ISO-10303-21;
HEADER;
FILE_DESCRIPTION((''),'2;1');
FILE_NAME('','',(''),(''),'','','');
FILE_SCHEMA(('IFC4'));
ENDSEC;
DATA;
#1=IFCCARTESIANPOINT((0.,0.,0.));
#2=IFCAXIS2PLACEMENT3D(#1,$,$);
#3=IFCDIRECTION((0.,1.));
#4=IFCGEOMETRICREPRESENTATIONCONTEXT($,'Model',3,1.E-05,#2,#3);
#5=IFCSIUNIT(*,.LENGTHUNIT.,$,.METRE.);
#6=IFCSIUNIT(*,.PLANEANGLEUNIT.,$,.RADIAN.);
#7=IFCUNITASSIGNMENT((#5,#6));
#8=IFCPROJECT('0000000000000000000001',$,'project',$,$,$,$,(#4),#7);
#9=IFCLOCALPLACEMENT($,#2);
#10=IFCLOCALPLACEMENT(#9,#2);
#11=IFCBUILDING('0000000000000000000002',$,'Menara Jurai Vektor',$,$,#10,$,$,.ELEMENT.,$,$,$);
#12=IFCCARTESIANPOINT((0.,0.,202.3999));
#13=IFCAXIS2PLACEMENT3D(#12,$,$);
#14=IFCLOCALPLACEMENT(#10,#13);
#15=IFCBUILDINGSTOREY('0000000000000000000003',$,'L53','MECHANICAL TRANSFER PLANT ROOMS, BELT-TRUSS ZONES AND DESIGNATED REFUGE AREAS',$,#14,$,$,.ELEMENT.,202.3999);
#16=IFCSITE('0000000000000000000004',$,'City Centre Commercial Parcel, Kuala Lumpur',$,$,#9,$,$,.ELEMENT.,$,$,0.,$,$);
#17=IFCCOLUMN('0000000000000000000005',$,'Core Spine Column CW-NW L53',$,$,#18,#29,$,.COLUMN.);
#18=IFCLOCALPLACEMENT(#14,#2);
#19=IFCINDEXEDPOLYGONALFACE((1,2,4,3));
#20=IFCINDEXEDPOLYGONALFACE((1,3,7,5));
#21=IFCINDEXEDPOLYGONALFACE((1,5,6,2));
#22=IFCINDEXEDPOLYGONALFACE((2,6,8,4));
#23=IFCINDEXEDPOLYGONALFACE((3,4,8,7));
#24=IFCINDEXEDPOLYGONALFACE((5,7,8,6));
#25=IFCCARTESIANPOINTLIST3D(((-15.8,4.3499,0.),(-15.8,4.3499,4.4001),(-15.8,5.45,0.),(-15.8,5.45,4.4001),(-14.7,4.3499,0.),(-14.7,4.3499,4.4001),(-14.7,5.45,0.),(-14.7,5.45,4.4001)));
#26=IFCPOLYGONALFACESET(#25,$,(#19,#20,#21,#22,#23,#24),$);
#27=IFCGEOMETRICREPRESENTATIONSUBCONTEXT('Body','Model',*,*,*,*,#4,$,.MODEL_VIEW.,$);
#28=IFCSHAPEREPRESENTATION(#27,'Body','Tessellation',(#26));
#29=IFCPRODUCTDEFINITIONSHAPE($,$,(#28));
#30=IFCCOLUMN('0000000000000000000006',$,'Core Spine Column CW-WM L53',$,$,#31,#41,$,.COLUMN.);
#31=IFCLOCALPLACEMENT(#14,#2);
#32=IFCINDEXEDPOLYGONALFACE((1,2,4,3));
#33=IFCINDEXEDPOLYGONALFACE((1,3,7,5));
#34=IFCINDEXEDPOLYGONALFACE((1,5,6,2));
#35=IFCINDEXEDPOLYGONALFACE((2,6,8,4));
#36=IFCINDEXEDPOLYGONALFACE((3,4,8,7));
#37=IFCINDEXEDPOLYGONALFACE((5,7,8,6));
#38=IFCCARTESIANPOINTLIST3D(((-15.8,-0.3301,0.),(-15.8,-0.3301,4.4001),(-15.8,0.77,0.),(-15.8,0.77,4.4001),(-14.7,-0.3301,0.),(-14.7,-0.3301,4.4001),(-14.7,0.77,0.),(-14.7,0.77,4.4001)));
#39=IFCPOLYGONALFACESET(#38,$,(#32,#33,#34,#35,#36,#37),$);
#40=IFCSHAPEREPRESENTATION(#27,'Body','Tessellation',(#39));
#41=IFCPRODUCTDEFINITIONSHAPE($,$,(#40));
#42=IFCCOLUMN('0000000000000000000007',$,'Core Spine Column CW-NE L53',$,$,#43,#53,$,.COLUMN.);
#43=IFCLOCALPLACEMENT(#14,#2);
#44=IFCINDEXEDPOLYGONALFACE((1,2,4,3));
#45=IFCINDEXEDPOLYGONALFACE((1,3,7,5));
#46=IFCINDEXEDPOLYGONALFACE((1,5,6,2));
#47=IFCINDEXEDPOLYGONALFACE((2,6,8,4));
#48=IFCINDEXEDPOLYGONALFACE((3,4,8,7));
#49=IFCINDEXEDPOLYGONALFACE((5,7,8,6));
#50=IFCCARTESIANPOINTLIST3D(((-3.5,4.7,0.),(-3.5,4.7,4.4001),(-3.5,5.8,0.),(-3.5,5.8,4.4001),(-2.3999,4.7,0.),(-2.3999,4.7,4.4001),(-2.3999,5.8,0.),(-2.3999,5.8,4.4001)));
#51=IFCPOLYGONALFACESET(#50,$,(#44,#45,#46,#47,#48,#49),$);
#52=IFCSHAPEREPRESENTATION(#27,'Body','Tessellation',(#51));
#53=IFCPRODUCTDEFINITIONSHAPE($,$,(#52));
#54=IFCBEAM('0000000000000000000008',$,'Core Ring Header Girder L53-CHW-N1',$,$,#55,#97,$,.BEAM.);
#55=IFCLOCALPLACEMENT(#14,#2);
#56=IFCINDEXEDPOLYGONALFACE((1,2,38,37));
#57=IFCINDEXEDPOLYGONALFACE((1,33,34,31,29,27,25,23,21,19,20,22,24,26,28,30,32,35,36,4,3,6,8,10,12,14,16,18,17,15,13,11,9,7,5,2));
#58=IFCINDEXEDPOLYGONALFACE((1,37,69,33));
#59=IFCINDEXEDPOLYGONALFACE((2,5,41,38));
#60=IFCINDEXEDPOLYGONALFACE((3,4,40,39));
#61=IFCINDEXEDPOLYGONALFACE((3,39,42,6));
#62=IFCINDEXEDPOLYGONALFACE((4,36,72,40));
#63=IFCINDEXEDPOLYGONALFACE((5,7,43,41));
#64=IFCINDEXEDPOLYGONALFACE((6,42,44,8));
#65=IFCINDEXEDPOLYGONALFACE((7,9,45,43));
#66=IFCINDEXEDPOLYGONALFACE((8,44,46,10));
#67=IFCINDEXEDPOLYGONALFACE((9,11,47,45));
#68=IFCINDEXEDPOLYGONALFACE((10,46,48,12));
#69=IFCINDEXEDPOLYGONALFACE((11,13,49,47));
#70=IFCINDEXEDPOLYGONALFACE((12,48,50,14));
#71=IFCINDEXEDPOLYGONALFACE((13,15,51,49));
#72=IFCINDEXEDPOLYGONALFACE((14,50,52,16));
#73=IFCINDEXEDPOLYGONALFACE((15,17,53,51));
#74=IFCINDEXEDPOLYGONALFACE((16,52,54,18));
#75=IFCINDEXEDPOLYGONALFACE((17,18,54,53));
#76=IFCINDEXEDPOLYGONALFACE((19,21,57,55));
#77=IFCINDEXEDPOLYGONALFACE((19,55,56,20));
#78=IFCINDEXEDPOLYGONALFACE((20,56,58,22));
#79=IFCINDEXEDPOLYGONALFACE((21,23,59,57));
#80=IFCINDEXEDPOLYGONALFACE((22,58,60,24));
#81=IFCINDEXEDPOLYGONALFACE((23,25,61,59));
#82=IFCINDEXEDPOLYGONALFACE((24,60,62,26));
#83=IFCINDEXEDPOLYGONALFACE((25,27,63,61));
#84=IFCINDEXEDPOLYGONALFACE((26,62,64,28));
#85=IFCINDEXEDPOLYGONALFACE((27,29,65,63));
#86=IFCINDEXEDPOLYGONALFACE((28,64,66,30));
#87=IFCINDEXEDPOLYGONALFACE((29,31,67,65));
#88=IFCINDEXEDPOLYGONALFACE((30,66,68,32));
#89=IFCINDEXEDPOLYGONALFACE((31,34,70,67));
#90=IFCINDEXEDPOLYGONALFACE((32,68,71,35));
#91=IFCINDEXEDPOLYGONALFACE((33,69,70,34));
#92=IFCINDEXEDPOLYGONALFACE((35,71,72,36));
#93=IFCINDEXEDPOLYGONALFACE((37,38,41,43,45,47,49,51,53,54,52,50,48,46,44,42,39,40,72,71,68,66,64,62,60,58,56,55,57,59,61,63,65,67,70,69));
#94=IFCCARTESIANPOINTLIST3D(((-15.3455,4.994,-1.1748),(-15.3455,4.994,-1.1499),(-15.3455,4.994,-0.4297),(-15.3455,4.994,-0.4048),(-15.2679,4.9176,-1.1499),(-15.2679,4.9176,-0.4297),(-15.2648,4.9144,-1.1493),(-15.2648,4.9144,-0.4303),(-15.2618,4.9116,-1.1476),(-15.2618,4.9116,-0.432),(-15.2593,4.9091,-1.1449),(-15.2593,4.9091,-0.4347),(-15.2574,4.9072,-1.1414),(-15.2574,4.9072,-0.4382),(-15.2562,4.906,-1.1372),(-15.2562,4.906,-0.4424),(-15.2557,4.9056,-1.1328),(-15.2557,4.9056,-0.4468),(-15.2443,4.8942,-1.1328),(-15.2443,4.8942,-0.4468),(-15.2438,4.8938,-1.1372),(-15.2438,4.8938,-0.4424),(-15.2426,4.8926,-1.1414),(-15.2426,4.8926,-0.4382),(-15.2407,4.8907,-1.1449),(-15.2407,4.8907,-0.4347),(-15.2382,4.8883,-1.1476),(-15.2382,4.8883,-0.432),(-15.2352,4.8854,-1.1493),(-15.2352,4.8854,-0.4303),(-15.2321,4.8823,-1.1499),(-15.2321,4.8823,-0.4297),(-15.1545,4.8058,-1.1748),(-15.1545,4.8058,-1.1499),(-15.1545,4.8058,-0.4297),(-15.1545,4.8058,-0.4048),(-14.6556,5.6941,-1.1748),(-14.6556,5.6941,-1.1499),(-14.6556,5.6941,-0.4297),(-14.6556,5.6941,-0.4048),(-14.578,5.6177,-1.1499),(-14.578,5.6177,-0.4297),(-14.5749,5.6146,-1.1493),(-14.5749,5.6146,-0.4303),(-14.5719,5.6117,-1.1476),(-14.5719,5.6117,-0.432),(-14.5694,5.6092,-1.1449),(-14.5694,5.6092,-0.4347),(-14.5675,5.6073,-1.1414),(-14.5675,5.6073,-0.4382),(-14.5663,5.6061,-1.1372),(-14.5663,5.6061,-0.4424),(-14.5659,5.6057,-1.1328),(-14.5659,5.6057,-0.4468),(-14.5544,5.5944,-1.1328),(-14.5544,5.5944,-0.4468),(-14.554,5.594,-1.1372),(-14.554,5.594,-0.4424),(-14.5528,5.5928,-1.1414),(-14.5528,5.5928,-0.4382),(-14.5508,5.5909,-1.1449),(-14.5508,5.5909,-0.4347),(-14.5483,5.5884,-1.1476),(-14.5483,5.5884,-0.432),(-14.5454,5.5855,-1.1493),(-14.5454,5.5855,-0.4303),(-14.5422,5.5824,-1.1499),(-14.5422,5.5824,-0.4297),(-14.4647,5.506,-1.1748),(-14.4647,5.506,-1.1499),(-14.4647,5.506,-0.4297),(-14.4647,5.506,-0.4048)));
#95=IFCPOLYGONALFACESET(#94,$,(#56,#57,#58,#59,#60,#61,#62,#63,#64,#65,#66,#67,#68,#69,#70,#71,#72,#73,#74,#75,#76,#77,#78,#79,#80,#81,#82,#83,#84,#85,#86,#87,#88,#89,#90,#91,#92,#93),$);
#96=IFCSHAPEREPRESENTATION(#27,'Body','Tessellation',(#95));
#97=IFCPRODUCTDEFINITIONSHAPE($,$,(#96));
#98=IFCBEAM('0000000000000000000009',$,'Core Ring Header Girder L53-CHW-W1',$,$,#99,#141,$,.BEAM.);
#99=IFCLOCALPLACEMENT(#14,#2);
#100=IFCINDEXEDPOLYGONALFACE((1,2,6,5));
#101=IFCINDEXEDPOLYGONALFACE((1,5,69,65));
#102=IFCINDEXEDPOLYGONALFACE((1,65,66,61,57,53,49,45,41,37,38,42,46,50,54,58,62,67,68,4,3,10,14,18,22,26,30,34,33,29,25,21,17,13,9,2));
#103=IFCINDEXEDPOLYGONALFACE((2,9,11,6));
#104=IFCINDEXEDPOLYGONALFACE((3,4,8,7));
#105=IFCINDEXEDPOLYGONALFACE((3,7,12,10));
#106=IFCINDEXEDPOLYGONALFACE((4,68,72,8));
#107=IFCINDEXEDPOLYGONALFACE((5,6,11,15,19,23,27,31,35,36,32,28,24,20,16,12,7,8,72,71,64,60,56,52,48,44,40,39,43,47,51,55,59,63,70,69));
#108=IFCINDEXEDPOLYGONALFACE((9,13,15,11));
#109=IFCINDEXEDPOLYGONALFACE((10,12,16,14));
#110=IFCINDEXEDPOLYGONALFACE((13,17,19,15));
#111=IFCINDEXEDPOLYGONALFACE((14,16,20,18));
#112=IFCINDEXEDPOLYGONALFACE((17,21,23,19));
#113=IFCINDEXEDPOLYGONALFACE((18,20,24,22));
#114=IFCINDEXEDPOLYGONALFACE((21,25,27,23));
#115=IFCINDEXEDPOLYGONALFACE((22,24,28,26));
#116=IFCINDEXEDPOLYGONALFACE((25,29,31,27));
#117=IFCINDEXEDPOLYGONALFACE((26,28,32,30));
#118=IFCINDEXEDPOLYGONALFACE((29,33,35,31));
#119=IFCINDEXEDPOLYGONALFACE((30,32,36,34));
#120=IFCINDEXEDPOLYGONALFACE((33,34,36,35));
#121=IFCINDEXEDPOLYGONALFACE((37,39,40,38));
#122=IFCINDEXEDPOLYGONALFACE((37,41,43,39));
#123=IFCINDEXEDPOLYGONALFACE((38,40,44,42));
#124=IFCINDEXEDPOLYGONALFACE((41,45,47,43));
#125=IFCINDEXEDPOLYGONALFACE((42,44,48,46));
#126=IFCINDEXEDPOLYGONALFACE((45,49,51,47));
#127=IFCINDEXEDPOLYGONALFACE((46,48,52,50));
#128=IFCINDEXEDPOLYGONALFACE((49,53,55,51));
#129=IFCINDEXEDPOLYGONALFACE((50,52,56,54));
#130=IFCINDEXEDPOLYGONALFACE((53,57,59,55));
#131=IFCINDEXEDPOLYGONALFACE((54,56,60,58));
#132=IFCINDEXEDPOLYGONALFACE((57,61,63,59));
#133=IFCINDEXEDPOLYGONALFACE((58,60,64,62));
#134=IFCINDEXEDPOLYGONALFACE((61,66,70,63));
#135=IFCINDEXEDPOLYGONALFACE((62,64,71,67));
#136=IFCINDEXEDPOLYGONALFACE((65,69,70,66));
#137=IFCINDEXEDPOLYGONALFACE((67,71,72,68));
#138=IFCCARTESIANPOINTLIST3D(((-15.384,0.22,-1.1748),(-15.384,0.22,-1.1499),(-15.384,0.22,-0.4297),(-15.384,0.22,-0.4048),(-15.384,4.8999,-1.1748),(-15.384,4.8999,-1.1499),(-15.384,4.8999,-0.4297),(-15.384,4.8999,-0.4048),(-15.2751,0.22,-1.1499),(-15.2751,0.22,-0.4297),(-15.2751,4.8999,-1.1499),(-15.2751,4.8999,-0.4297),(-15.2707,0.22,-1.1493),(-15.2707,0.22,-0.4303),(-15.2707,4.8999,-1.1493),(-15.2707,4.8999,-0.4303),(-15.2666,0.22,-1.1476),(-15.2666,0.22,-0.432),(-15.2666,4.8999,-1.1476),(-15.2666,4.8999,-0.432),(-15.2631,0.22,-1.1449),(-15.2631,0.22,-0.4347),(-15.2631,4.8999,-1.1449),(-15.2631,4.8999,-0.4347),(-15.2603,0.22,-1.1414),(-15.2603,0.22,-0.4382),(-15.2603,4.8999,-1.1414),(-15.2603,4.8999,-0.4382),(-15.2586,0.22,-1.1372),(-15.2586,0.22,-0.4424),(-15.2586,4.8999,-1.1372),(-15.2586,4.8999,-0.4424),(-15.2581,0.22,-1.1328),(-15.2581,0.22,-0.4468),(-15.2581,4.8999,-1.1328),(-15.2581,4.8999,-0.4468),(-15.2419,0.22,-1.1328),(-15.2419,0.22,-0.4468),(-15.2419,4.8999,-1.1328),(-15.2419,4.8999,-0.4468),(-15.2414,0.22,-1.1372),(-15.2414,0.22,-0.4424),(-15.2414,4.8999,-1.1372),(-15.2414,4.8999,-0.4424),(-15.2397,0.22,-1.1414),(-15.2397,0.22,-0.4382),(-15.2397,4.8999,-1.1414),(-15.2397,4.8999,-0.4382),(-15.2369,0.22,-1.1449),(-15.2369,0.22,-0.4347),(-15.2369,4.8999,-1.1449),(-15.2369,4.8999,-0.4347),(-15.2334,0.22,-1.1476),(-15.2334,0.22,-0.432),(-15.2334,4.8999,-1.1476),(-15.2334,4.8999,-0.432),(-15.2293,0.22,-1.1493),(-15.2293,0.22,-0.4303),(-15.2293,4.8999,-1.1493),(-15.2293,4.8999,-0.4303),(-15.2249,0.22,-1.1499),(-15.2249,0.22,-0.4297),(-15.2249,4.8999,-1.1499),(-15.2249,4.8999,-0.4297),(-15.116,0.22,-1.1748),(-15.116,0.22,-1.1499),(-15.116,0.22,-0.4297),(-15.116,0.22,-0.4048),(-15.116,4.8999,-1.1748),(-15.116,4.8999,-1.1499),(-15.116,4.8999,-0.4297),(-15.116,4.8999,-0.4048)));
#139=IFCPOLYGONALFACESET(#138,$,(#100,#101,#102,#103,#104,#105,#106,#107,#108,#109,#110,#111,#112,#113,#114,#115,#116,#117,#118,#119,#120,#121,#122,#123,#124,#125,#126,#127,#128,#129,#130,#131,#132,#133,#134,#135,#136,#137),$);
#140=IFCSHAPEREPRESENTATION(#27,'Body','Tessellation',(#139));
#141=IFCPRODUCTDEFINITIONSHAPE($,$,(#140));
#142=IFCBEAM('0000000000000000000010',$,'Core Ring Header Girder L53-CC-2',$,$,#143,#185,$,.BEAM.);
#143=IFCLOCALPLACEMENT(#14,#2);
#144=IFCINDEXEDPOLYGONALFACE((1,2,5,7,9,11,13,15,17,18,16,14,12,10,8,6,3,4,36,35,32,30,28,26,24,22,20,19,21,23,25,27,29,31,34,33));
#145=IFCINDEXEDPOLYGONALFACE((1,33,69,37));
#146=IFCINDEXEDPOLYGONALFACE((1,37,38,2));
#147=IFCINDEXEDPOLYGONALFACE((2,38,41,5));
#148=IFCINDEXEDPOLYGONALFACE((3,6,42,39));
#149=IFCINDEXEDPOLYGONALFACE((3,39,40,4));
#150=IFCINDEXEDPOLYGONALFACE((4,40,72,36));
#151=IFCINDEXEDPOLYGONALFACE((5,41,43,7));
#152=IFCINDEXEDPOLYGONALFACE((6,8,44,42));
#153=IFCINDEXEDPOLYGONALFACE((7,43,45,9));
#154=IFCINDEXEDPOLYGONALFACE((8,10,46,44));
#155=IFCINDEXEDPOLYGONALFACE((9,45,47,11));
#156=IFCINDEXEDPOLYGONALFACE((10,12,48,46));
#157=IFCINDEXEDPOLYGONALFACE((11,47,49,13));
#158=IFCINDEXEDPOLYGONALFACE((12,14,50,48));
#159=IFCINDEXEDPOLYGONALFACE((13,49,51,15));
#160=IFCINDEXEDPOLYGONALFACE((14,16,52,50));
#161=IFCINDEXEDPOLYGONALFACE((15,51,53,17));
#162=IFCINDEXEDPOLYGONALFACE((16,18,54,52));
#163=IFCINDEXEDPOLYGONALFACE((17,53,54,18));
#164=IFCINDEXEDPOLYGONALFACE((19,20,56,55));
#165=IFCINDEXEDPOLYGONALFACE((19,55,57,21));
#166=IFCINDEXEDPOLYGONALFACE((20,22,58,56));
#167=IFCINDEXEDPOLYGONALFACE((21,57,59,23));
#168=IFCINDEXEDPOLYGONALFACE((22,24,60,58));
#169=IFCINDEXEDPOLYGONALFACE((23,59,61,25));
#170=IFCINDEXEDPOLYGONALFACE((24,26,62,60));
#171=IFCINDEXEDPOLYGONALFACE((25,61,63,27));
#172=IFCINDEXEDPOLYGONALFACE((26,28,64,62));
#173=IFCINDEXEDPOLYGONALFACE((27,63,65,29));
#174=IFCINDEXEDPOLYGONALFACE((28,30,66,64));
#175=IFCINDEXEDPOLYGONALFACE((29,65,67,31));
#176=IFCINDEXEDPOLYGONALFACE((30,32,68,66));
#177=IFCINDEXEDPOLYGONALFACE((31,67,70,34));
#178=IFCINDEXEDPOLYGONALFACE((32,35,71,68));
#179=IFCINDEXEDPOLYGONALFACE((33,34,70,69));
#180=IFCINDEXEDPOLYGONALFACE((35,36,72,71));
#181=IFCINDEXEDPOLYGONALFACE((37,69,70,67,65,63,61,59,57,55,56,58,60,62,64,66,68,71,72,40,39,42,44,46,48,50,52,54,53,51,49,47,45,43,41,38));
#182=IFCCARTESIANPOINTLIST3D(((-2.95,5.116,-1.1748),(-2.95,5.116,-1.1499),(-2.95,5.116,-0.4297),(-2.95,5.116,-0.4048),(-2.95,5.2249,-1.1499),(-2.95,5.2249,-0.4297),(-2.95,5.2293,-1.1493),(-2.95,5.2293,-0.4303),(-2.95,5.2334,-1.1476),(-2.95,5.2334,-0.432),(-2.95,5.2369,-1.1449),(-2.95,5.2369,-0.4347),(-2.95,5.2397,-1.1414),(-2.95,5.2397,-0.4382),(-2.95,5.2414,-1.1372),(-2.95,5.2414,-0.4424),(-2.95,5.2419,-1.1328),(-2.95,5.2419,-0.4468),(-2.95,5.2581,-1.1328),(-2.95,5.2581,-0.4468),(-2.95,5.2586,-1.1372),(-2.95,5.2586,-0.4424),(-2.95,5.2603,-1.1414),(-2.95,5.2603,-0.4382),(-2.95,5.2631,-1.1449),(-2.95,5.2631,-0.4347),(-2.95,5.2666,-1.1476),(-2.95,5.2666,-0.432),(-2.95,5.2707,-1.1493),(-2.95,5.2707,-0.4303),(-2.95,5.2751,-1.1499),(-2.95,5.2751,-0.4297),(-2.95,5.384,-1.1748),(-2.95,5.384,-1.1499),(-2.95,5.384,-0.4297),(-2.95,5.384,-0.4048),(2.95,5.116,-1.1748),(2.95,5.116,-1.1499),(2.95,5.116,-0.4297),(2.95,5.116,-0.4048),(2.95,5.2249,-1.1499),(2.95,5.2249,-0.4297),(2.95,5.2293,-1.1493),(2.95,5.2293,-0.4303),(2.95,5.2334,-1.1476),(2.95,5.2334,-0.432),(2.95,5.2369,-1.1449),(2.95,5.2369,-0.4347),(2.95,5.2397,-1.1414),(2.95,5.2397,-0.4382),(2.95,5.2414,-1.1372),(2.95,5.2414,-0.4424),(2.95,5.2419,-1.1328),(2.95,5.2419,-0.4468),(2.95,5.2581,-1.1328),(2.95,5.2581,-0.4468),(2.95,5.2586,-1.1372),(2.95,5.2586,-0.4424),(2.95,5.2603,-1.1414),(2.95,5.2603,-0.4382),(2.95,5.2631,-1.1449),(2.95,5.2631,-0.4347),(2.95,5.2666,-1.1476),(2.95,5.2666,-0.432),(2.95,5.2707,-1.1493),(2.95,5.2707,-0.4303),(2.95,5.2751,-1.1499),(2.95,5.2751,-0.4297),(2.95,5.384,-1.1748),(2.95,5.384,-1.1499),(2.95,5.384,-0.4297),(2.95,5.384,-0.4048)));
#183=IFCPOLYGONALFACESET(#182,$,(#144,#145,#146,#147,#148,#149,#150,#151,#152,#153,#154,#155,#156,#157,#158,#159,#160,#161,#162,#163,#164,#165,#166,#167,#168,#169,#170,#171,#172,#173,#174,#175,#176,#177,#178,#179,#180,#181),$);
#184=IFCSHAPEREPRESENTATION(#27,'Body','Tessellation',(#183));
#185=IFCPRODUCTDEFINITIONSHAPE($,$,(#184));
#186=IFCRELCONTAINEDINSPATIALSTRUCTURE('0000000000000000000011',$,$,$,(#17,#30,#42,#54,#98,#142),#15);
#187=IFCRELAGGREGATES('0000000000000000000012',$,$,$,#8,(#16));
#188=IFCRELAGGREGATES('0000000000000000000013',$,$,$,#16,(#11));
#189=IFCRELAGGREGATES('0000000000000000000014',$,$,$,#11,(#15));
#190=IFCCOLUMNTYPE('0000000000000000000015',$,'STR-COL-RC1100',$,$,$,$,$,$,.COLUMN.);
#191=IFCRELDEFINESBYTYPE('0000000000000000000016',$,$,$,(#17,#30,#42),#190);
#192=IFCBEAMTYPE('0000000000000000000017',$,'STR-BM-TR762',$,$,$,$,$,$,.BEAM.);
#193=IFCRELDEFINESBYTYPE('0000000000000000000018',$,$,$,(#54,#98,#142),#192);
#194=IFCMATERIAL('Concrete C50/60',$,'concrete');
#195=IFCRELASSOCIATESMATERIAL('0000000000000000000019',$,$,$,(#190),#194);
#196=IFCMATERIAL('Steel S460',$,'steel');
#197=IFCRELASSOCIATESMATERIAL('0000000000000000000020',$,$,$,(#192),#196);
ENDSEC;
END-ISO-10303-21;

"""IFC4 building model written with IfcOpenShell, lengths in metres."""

from ifc_helpers import new_model, si_unit, direction, frame, origin, origin_2d, place, context, subcontext, project, spatial, rectangle, i_section, extrude, material, material_profile, profile_set, type_object, element, save


model = new_model("IFC4")

# Units and contexts
model_context = context("Model", 3, precision=1e-05, world=origin(), true_north=direction((0.0, 1.0)))
body_context = subcontext(model_context, "Body", "Model", "MODEL_VIEW")
ifc_project = project(units=[si_unit("LENGTHUNIT", "METRE"), si_unit("PLANEANGLEUNIT", "RADIAN")], contexts=[model_context])

# Site, building, storey
site_placement = place(None, origin())
site = spatial("IfcSite", under=ifc_project, at=site_placement, Name="City Centre Commercial Parcel, Kuala Lumpur", CompositionType="ELEMENT", RefElevation=0.0)
building_placement = place(site_placement, origin())
building = spatial("IfcBuilding", under=site, at=building_placement, Name="Menara Jurai Vektor", CompositionType="ELEMENT")
storey_placement = place(building_placement, frame((0.0, 0.0, 202.3999)))
storey = spatial("IfcBuildingStorey", under=building, at=storey_placement, Name="L53", Description="MECHANICAL TRANSFER PLANT ROOMS, BELT-TRUSS ZONES AND DESIGNATED REFUGE AREAS", CompositionType="ELEMENT", Elevation=202.3999)

# Columns
ifc_material_1 = material(Name="Concrete C50/60", Category="concrete")
ifc_material_profile_1 = material_profile(ifc_material_1, rectangle(XDim=1.1001, YDim=1.1001, at=origin_2d()), Name="RC 1100x1100")
ifc_profile_set_1 = profile_set([ifc_material_profile_1], Name="Concrete C50/60")
column_type = type_object("IfcColumnType", Name="STR-COL-RC1100", PredefinedType="COLUMN", material=ifc_profile_set_1)
for number, where, z_axis, x_axis, name in (
    (1, (-15.25, 4.8999, 0.0), (0.0, 0.0, 1.0), (1.0, 0.0, 0.0), "Core Spine Column CW-NW L53"),
    (2, (-15.25, 0.22, 0.0), (0.0, 0.0, 1.0), (1.0, 0.0, 0.0), "Core Spine Column CW-WM L53"),
    (3, (-2.95, 5.25, 0.0), (0.0, 0.0, 1.0), (1.0, 0.0, 0.0), "Core Spine Column CW-NE L53"),
):
    element("IfcColumn", number, at=place(storey_placement, frame(where, z_axis=z_axis, x_axis=x_axis)), inside=storey, type_object=column_type, Name=name, PredefinedType="COLUMN", context=body_context, shape_type="SweptSolid", body=[
        extrude(rectangle(XDim=1.1001, YDim=1.1001, at=origin_2d()), origin(), (0.0, 0.0, 1.0), 4.4001),
    ])

# Beams
ifc_material_2 = material(Name="Steel S460", Category="steel")
ifc_material_profile_2 = material_profile(ifc_material_2, i_section(OverallWidth=0.2681, OverallDepth=0.77, WebThickness=0.0161, FlangeThickness=0.0249, FilletRadius=0.0171, at=origin_2d()), Name="UKB 762x267x197")
ifc_profile_set_2 = profile_set([ifc_material_profile_2], Name="Steel S460")
beam_type_1 = type_object("IfcBeamType", Name="STR-BM-TR762", PredefinedType="BEAM", material=ifc_profile_set_2)
beam_1_placement = place(storey_placement, frame((-15.25, 4.8999, -0.7898), z_axis=(0.701872, 0.712303, 0.0), x_axis=(-0.712303, 0.701872, 0.0)))
element("IfcBeam", 4, at=beam_1_placement, inside=storey, type_object=beam_type_1, Name="Core Ring Header Girder L53-CHW-N1", PredefinedType="BEAM", context=body_context, shape_type="SweptSolid", body=[
    extrude(i_section(OverallWidth=0.2681, OverallDepth=0.77, WebThickness=0.0161, FlangeThickness=0.0249, FilletRadius=0.0171, at=origin_2d()), origin(), (0.0, 0.0, 1.0), 0.9829),
])
beam_2_placement = place(storey_placement, frame((-15.25, 0.22, -0.7898), z_axis=(0.0, 1.0, 0.0), x_axis=(-1.0, 0.0, 0.0)))
element("IfcBeam", 5, at=beam_2_placement, inside=storey, type_object=beam_type_1, Name="Core Ring Header Girder L53-CHW-W1", PredefinedType="BEAM", context=body_context, shape_type="SweptSolid", body=[
    extrude(i_section(OverallWidth=0.2681, OverallDepth=0.77, WebThickness=0.0161, FlangeThickness=0.0249, FilletRadius=0.0171, at=origin_2d()), origin(), (0.0, 0.0, 1.0), 4.6799),
])
beam_3_placement = place(storey_placement, frame((-2.95, 5.25, -0.7898), z_axis=(1.0, 0.0, 0.0), x_axis=(0.0, 1.0, 0.0)))
element("IfcBeam", 6, at=beam_3_placement, inside=storey, type_object=beam_type_1, Name="Core Ring Header Girder L53-CC-2", PredefinedType="BEAM", context=body_context, shape_type="SweptSolid", body=[
    extrude(i_section(OverallWidth=0.2681, OverallDepth=0.77, WebThickness=0.0161, FlangeThickness=0.0249, FilletRadius=0.0171, at=origin_2d()), origin(), (0.0, 0.0, 1.0), 5.8999),
])

save(model, "model.ifc")
